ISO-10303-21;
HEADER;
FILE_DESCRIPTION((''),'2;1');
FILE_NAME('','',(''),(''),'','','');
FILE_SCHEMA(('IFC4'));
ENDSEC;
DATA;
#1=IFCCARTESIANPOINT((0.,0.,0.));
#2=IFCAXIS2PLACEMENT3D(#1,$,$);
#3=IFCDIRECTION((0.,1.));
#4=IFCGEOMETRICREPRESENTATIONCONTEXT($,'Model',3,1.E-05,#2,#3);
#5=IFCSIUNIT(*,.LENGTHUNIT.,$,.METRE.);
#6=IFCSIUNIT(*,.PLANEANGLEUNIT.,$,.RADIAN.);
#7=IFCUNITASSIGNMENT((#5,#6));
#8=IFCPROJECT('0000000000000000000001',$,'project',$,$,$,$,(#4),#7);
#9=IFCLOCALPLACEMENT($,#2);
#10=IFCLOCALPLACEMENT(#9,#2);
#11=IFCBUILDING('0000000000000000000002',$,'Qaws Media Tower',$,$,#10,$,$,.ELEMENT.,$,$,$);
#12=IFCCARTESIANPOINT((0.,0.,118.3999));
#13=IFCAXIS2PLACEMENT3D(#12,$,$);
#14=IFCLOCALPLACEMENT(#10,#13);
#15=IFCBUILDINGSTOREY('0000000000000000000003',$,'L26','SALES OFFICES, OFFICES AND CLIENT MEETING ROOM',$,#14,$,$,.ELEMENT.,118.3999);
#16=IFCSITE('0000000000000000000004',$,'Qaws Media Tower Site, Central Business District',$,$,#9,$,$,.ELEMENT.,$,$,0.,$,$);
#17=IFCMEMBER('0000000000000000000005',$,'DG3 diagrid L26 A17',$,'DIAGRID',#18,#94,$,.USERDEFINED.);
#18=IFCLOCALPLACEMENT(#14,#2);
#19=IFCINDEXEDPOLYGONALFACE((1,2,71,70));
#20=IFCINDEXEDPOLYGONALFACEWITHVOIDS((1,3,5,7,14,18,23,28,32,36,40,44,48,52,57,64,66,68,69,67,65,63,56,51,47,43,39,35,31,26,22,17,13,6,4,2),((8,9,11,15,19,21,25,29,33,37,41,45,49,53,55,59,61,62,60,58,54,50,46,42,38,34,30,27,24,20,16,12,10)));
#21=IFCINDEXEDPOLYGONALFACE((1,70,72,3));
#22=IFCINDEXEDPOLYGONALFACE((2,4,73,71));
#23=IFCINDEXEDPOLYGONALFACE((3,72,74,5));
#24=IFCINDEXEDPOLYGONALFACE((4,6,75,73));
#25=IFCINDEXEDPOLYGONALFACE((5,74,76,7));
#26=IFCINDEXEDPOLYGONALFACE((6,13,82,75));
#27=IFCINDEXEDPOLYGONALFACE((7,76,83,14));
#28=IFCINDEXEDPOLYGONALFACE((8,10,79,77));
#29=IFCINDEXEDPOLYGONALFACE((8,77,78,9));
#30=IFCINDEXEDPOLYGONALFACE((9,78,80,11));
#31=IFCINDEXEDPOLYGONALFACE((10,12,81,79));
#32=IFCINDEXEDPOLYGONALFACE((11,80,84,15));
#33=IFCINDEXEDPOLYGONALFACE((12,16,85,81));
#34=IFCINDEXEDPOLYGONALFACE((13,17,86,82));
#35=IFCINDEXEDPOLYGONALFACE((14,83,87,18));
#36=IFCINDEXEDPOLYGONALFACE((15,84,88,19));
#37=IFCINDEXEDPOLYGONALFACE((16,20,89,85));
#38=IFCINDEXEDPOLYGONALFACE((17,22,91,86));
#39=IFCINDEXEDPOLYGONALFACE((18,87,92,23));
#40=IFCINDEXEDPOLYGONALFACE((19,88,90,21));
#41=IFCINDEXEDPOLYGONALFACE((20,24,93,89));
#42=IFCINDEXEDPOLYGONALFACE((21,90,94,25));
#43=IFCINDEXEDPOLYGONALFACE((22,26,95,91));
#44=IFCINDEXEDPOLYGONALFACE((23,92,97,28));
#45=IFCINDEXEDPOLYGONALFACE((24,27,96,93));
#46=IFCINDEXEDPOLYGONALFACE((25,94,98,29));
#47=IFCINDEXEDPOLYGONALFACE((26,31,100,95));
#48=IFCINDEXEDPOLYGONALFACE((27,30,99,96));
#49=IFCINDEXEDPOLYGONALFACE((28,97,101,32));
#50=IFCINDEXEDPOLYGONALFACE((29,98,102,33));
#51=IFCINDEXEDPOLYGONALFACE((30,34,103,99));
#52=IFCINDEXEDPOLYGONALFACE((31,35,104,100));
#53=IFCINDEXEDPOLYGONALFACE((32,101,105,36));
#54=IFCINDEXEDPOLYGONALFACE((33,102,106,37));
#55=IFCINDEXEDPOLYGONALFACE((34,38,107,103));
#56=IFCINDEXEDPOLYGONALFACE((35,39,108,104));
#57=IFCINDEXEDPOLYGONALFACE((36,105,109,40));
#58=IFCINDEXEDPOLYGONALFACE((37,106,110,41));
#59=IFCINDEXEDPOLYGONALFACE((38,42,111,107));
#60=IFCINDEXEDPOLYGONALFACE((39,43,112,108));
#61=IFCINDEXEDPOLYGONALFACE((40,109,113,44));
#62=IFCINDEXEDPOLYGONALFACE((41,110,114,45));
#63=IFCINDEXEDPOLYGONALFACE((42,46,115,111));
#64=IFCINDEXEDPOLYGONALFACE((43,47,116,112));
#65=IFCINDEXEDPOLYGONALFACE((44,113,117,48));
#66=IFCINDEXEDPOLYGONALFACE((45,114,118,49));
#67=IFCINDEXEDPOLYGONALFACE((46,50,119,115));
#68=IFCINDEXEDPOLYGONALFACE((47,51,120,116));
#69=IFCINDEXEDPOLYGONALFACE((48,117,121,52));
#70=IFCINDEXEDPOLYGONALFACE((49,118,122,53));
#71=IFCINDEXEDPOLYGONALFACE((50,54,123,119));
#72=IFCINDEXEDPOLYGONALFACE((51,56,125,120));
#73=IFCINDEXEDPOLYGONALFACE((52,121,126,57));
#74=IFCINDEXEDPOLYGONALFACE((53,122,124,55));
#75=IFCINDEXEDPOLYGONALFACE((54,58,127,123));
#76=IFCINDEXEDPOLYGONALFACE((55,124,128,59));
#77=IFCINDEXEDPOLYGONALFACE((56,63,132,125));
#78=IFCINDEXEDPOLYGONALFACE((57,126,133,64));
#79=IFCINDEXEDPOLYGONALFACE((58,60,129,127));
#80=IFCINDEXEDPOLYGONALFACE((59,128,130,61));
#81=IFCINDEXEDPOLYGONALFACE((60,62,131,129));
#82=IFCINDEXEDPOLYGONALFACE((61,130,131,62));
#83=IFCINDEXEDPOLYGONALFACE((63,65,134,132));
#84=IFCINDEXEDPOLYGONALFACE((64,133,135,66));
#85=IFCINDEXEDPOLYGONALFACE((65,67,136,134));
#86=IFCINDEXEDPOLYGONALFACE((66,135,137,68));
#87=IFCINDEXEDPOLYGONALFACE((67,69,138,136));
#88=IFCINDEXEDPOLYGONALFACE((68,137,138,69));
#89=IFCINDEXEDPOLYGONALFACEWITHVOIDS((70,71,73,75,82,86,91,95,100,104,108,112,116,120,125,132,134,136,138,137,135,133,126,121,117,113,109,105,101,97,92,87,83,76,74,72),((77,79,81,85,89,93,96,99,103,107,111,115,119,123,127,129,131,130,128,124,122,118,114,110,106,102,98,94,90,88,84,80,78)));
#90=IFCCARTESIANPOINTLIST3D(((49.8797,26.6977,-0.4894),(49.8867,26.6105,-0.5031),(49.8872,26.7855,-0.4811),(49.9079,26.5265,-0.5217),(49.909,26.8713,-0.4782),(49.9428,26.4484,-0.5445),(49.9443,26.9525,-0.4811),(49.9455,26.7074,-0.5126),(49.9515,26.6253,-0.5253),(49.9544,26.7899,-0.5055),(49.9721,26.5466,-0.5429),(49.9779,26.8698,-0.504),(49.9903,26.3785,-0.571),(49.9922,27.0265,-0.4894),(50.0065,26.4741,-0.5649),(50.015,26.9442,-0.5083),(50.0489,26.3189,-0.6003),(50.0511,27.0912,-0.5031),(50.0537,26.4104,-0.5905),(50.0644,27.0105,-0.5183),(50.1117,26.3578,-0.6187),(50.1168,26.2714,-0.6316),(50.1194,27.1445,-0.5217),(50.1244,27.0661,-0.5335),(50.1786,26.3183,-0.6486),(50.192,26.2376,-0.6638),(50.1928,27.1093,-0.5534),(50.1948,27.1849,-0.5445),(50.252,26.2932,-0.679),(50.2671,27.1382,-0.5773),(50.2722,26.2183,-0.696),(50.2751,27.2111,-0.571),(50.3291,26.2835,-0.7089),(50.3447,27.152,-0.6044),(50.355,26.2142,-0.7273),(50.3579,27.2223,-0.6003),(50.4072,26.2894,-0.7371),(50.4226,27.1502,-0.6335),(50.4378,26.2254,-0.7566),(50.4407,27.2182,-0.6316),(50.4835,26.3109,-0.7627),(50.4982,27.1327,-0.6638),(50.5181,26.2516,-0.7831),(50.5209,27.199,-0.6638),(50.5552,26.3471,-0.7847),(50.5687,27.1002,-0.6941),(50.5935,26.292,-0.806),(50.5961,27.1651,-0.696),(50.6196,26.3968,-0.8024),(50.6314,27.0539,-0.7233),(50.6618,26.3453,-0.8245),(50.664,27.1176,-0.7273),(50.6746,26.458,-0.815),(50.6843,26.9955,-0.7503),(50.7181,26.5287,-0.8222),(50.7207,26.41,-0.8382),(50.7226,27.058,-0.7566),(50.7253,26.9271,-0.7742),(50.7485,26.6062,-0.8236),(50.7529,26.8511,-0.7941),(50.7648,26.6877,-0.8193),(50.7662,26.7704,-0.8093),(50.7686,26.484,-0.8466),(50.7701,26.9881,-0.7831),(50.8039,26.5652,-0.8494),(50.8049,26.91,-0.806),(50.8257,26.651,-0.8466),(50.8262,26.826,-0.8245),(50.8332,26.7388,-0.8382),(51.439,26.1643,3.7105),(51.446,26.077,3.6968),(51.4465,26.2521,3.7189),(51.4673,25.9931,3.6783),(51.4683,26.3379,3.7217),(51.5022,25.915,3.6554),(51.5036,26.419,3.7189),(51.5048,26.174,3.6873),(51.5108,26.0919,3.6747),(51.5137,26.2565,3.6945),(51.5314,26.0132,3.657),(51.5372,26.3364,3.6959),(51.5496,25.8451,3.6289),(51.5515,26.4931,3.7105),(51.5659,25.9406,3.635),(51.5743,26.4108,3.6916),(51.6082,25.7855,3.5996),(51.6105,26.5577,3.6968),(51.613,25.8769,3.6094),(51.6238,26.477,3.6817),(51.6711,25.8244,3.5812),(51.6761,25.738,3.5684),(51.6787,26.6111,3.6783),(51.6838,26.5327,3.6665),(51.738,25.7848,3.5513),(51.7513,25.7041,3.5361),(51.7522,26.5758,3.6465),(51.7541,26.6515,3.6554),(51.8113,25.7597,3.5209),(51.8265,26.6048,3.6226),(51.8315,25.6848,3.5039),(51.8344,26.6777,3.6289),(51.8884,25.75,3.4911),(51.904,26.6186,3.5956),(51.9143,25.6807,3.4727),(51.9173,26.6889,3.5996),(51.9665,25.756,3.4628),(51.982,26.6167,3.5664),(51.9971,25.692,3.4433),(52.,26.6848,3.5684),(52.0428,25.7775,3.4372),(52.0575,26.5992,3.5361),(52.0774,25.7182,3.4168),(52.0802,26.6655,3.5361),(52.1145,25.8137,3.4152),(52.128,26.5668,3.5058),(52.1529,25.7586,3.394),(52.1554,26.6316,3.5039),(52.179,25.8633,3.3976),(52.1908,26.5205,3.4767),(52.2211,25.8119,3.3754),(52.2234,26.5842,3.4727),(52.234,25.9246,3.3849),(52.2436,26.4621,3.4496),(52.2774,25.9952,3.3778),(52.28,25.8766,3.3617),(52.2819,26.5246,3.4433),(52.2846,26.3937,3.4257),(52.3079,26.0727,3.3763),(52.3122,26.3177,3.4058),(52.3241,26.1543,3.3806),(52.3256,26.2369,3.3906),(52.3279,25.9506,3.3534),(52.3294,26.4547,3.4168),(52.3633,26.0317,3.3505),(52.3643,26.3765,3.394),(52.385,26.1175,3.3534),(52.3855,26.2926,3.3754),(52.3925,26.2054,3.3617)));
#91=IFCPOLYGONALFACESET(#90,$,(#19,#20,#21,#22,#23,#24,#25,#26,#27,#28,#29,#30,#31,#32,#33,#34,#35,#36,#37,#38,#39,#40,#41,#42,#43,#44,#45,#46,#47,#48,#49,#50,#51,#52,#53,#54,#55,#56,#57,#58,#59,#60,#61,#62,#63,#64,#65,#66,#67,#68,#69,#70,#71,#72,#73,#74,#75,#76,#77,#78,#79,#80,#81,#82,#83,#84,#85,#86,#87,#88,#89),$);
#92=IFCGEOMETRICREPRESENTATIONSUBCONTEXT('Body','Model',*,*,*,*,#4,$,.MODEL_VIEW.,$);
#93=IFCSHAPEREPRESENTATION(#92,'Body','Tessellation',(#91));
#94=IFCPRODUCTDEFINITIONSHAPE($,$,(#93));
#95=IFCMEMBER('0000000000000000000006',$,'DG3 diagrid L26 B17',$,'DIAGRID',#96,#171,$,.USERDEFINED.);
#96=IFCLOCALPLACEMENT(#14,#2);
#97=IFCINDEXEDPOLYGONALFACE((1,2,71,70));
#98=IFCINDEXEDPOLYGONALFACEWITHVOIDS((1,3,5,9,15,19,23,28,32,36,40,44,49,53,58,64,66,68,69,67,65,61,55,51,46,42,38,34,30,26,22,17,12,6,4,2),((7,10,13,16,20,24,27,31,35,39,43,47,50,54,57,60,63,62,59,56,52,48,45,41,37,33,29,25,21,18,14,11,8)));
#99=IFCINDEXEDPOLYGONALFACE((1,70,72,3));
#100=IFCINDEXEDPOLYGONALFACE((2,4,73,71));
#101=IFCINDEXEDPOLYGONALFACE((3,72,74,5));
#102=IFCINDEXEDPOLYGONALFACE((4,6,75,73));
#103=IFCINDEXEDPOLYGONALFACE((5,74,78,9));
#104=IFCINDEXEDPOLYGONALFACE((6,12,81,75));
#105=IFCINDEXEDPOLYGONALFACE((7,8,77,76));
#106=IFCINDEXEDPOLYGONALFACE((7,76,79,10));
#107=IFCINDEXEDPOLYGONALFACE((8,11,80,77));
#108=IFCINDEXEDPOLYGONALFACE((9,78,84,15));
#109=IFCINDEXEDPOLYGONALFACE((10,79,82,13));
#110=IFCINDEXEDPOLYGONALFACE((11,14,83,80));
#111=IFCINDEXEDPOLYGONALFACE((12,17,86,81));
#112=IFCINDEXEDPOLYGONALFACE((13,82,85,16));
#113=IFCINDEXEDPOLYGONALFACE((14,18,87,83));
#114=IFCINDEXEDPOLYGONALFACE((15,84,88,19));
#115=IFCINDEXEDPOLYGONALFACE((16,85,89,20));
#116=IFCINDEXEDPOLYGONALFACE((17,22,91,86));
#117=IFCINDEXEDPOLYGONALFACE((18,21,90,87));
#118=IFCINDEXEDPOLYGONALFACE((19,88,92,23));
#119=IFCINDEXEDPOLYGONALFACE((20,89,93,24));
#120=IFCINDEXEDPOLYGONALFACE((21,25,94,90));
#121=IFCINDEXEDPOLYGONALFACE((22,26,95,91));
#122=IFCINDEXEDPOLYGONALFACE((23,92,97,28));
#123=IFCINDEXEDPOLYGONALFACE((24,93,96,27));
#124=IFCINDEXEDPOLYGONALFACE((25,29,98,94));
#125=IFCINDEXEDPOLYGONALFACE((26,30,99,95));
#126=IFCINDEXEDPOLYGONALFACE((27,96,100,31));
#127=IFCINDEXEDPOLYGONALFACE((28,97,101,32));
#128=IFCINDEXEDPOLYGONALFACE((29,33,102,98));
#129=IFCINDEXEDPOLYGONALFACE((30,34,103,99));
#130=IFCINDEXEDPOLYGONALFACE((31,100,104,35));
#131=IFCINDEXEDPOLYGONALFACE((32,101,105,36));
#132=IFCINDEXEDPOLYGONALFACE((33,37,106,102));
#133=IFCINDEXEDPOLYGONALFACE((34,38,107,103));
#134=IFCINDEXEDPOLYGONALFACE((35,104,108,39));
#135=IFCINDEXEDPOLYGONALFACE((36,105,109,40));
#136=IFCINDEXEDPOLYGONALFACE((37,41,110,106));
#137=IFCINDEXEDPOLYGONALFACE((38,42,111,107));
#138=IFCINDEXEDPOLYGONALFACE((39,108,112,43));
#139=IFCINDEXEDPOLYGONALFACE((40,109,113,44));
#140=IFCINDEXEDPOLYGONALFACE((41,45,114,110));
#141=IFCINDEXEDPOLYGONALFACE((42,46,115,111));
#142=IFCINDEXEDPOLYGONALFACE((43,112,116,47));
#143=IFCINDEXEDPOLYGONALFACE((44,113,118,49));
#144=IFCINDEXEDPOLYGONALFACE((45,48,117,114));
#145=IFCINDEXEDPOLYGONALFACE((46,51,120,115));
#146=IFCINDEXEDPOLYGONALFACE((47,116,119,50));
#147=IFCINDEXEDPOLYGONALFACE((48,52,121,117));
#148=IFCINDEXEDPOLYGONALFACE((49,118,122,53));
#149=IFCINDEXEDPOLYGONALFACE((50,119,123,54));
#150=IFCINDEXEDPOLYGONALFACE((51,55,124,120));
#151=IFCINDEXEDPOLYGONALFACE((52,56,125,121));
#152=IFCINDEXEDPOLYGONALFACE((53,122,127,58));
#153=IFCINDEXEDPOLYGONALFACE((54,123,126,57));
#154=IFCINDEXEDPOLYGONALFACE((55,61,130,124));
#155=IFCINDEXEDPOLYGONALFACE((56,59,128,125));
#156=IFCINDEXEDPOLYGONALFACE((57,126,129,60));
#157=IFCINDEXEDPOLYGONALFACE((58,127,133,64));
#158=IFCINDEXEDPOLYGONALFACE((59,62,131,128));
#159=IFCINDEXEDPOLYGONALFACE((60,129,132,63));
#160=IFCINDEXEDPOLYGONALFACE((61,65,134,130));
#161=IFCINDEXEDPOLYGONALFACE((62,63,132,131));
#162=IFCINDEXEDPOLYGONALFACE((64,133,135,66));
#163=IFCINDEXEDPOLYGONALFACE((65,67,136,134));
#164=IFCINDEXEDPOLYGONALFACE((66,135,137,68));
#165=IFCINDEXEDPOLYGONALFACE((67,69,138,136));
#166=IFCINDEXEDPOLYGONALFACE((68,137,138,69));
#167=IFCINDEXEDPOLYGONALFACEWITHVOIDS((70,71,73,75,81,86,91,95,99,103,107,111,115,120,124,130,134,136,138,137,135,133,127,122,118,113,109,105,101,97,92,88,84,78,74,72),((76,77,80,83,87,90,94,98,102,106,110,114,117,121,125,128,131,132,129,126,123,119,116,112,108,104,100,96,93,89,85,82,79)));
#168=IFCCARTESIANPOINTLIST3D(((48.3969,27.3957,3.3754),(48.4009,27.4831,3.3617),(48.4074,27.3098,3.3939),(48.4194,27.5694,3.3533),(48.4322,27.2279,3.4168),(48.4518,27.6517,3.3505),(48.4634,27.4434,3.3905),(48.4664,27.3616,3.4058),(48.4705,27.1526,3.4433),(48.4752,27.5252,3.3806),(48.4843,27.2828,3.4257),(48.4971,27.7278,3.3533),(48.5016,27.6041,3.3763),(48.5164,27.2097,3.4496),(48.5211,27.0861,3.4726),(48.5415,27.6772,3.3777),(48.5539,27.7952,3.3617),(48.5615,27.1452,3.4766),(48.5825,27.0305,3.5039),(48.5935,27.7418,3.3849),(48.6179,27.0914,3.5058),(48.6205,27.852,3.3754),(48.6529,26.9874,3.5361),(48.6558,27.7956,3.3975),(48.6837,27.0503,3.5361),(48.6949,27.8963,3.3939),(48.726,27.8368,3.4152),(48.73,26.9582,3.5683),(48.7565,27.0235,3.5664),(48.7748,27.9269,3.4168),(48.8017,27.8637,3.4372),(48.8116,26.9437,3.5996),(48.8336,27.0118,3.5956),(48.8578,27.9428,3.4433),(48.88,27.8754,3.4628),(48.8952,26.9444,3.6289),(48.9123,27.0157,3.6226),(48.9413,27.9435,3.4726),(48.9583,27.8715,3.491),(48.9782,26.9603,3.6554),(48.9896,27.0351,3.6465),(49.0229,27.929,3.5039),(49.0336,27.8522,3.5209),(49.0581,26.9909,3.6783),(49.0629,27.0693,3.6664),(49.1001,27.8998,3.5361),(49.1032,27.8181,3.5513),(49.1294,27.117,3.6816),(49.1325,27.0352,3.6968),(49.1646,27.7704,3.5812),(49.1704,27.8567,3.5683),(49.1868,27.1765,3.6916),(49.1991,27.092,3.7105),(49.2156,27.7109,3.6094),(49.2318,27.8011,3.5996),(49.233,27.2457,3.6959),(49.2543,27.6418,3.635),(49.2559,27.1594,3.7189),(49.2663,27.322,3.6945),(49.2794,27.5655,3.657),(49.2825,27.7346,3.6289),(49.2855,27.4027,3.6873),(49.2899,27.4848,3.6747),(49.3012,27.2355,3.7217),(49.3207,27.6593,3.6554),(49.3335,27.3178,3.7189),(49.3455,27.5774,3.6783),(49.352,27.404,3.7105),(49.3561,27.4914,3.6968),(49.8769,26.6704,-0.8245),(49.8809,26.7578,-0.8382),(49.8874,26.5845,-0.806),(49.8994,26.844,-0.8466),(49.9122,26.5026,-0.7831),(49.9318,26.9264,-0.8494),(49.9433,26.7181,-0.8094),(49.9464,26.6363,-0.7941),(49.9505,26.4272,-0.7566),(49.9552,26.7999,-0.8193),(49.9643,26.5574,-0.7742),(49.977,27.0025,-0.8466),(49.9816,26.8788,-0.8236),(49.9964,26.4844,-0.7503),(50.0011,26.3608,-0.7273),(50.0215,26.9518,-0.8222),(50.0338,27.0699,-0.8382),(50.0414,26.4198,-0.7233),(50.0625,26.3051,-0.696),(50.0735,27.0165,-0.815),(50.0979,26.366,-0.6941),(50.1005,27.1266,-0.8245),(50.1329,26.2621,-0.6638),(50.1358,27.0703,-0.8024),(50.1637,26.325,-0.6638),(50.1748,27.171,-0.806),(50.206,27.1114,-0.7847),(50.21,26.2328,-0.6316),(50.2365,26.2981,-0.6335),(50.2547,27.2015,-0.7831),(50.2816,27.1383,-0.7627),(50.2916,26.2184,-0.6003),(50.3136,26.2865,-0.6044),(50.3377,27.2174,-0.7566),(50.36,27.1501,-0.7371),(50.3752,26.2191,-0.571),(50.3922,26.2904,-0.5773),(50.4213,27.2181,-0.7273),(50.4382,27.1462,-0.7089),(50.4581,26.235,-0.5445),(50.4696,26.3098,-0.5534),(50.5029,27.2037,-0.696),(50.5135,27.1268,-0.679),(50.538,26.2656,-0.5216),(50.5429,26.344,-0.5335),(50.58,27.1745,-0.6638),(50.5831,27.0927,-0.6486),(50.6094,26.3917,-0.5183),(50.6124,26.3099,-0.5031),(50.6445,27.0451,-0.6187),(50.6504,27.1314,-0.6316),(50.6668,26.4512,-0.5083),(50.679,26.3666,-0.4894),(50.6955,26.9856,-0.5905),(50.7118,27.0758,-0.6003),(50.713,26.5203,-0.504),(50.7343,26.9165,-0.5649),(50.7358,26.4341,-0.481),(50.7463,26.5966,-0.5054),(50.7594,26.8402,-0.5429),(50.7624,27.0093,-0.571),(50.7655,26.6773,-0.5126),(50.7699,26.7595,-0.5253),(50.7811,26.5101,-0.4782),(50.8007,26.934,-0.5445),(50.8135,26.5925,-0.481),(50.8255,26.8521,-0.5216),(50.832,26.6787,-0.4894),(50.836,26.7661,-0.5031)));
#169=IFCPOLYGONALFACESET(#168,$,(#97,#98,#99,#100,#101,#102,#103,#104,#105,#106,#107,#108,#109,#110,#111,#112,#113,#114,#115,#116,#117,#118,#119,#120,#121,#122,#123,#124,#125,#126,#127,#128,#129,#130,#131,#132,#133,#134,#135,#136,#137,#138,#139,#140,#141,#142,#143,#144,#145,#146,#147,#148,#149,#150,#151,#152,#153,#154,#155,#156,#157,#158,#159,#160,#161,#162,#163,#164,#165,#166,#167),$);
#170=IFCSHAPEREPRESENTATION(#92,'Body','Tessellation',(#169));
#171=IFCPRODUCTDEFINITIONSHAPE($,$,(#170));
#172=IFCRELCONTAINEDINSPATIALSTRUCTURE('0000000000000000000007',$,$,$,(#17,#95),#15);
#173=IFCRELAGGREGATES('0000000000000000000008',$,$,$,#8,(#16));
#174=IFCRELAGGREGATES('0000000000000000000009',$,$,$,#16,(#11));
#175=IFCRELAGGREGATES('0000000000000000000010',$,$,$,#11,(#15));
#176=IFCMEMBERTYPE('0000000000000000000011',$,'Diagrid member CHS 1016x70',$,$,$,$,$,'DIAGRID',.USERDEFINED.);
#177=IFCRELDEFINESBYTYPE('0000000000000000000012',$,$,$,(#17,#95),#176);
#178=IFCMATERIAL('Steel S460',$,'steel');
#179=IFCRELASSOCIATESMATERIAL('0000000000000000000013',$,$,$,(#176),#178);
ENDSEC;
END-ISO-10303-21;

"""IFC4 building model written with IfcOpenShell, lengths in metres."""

from ifc_helpers import new_model, si_unit, direction, frame, origin, origin_2d, place, context, subcontext, project, spatial, hollow_circle, extrude, material, material_profile, profile_set, type_object, element, save


model = new_model("IFC4")

# Units and contexts
model_context = context("Model", 3, precision=1e-05, world=origin(), true_north=direction((0.0, 1.0)))
body_context = subcontext(model_context, "Body", "Model", "MODEL_VIEW")
ifc_project = project(units=[si_unit("LENGTHUNIT", "METRE"), si_unit("PLANEANGLEUNIT", "RADIAN")], contexts=[model_context])

# Site, building, storey
site_placement = place(None, origin())
site = spatial("IfcSite", under=ifc_project, at=site_placement, Name="Qaws Media Tower Site, Central Business District", CompositionType="ELEMENT", RefElevation=0.0)
building_placement = place(site_placement, origin())
building = spatial("IfcBuilding", under=site, at=building_placement, Name="Qaws Media Tower", CompositionType="ELEMENT")
storey_placement = place(building_placement, frame((0.0, 0.0, 118.3999)))
storey = spatial("IfcBuildingStorey", under=building, at=storey_placement, Name="L26", Description="SALES OFFICES, OFFICES AND CLIENT MEETING ROOM", CompositionType="ELEMENT", Elevation=118.3999)

# Members
ifc_material_1 = material(Name="Steel S460", Category="steel")
ifc_material_profile_1 = material_profile(ifc_material_1, hollow_circle(Radius=0.5081, WallThickness=0.0701, at=origin_2d()), Name="CHS 1016x70")
ifc_profile_set_1 = profile_set([ifc_material_profile_1], Name="Steel S460")
member_type_1 = type_object("IfcMemberType", Name="Diagrid member CHS 1016x70", ElementType="DIAGRID", PredefinedType="USERDEFINED", material=ifc_profile_set_1)
for number, where, z_axis, x_axis, name in (
    (1, (50.3564, 26.7183, -0.6638), (0.345616, -0.118236, 0.930897), (0.323684, 0.946165, 0.0), "DG3 diagrid L26 A17"),
    (2, (50.3564, 26.7183, -0.6638), (-0.328027, 0.160767, 0.930888), (-0.440089, -0.897954, 0.0), "DG3 diagrid L26 B17"),
):
    element("IfcMember", number, at=place(storey_placement, frame(where, z_axis=z_axis, x_axis=x_axis)), inside=storey, type_object=member_type_1, Name=name, ObjectType="DIAGRID", PredefinedType="USERDEFINED", context=body_context, shape_type="SweptSolid", body=[
        extrude(hollow_circle(Radius=0.5081, WallThickness=0.0701, at=origin_2d()), origin(), (0.0, 0.0, 1.0), 4.5117),
    ])

save(model, "model.ifc")
